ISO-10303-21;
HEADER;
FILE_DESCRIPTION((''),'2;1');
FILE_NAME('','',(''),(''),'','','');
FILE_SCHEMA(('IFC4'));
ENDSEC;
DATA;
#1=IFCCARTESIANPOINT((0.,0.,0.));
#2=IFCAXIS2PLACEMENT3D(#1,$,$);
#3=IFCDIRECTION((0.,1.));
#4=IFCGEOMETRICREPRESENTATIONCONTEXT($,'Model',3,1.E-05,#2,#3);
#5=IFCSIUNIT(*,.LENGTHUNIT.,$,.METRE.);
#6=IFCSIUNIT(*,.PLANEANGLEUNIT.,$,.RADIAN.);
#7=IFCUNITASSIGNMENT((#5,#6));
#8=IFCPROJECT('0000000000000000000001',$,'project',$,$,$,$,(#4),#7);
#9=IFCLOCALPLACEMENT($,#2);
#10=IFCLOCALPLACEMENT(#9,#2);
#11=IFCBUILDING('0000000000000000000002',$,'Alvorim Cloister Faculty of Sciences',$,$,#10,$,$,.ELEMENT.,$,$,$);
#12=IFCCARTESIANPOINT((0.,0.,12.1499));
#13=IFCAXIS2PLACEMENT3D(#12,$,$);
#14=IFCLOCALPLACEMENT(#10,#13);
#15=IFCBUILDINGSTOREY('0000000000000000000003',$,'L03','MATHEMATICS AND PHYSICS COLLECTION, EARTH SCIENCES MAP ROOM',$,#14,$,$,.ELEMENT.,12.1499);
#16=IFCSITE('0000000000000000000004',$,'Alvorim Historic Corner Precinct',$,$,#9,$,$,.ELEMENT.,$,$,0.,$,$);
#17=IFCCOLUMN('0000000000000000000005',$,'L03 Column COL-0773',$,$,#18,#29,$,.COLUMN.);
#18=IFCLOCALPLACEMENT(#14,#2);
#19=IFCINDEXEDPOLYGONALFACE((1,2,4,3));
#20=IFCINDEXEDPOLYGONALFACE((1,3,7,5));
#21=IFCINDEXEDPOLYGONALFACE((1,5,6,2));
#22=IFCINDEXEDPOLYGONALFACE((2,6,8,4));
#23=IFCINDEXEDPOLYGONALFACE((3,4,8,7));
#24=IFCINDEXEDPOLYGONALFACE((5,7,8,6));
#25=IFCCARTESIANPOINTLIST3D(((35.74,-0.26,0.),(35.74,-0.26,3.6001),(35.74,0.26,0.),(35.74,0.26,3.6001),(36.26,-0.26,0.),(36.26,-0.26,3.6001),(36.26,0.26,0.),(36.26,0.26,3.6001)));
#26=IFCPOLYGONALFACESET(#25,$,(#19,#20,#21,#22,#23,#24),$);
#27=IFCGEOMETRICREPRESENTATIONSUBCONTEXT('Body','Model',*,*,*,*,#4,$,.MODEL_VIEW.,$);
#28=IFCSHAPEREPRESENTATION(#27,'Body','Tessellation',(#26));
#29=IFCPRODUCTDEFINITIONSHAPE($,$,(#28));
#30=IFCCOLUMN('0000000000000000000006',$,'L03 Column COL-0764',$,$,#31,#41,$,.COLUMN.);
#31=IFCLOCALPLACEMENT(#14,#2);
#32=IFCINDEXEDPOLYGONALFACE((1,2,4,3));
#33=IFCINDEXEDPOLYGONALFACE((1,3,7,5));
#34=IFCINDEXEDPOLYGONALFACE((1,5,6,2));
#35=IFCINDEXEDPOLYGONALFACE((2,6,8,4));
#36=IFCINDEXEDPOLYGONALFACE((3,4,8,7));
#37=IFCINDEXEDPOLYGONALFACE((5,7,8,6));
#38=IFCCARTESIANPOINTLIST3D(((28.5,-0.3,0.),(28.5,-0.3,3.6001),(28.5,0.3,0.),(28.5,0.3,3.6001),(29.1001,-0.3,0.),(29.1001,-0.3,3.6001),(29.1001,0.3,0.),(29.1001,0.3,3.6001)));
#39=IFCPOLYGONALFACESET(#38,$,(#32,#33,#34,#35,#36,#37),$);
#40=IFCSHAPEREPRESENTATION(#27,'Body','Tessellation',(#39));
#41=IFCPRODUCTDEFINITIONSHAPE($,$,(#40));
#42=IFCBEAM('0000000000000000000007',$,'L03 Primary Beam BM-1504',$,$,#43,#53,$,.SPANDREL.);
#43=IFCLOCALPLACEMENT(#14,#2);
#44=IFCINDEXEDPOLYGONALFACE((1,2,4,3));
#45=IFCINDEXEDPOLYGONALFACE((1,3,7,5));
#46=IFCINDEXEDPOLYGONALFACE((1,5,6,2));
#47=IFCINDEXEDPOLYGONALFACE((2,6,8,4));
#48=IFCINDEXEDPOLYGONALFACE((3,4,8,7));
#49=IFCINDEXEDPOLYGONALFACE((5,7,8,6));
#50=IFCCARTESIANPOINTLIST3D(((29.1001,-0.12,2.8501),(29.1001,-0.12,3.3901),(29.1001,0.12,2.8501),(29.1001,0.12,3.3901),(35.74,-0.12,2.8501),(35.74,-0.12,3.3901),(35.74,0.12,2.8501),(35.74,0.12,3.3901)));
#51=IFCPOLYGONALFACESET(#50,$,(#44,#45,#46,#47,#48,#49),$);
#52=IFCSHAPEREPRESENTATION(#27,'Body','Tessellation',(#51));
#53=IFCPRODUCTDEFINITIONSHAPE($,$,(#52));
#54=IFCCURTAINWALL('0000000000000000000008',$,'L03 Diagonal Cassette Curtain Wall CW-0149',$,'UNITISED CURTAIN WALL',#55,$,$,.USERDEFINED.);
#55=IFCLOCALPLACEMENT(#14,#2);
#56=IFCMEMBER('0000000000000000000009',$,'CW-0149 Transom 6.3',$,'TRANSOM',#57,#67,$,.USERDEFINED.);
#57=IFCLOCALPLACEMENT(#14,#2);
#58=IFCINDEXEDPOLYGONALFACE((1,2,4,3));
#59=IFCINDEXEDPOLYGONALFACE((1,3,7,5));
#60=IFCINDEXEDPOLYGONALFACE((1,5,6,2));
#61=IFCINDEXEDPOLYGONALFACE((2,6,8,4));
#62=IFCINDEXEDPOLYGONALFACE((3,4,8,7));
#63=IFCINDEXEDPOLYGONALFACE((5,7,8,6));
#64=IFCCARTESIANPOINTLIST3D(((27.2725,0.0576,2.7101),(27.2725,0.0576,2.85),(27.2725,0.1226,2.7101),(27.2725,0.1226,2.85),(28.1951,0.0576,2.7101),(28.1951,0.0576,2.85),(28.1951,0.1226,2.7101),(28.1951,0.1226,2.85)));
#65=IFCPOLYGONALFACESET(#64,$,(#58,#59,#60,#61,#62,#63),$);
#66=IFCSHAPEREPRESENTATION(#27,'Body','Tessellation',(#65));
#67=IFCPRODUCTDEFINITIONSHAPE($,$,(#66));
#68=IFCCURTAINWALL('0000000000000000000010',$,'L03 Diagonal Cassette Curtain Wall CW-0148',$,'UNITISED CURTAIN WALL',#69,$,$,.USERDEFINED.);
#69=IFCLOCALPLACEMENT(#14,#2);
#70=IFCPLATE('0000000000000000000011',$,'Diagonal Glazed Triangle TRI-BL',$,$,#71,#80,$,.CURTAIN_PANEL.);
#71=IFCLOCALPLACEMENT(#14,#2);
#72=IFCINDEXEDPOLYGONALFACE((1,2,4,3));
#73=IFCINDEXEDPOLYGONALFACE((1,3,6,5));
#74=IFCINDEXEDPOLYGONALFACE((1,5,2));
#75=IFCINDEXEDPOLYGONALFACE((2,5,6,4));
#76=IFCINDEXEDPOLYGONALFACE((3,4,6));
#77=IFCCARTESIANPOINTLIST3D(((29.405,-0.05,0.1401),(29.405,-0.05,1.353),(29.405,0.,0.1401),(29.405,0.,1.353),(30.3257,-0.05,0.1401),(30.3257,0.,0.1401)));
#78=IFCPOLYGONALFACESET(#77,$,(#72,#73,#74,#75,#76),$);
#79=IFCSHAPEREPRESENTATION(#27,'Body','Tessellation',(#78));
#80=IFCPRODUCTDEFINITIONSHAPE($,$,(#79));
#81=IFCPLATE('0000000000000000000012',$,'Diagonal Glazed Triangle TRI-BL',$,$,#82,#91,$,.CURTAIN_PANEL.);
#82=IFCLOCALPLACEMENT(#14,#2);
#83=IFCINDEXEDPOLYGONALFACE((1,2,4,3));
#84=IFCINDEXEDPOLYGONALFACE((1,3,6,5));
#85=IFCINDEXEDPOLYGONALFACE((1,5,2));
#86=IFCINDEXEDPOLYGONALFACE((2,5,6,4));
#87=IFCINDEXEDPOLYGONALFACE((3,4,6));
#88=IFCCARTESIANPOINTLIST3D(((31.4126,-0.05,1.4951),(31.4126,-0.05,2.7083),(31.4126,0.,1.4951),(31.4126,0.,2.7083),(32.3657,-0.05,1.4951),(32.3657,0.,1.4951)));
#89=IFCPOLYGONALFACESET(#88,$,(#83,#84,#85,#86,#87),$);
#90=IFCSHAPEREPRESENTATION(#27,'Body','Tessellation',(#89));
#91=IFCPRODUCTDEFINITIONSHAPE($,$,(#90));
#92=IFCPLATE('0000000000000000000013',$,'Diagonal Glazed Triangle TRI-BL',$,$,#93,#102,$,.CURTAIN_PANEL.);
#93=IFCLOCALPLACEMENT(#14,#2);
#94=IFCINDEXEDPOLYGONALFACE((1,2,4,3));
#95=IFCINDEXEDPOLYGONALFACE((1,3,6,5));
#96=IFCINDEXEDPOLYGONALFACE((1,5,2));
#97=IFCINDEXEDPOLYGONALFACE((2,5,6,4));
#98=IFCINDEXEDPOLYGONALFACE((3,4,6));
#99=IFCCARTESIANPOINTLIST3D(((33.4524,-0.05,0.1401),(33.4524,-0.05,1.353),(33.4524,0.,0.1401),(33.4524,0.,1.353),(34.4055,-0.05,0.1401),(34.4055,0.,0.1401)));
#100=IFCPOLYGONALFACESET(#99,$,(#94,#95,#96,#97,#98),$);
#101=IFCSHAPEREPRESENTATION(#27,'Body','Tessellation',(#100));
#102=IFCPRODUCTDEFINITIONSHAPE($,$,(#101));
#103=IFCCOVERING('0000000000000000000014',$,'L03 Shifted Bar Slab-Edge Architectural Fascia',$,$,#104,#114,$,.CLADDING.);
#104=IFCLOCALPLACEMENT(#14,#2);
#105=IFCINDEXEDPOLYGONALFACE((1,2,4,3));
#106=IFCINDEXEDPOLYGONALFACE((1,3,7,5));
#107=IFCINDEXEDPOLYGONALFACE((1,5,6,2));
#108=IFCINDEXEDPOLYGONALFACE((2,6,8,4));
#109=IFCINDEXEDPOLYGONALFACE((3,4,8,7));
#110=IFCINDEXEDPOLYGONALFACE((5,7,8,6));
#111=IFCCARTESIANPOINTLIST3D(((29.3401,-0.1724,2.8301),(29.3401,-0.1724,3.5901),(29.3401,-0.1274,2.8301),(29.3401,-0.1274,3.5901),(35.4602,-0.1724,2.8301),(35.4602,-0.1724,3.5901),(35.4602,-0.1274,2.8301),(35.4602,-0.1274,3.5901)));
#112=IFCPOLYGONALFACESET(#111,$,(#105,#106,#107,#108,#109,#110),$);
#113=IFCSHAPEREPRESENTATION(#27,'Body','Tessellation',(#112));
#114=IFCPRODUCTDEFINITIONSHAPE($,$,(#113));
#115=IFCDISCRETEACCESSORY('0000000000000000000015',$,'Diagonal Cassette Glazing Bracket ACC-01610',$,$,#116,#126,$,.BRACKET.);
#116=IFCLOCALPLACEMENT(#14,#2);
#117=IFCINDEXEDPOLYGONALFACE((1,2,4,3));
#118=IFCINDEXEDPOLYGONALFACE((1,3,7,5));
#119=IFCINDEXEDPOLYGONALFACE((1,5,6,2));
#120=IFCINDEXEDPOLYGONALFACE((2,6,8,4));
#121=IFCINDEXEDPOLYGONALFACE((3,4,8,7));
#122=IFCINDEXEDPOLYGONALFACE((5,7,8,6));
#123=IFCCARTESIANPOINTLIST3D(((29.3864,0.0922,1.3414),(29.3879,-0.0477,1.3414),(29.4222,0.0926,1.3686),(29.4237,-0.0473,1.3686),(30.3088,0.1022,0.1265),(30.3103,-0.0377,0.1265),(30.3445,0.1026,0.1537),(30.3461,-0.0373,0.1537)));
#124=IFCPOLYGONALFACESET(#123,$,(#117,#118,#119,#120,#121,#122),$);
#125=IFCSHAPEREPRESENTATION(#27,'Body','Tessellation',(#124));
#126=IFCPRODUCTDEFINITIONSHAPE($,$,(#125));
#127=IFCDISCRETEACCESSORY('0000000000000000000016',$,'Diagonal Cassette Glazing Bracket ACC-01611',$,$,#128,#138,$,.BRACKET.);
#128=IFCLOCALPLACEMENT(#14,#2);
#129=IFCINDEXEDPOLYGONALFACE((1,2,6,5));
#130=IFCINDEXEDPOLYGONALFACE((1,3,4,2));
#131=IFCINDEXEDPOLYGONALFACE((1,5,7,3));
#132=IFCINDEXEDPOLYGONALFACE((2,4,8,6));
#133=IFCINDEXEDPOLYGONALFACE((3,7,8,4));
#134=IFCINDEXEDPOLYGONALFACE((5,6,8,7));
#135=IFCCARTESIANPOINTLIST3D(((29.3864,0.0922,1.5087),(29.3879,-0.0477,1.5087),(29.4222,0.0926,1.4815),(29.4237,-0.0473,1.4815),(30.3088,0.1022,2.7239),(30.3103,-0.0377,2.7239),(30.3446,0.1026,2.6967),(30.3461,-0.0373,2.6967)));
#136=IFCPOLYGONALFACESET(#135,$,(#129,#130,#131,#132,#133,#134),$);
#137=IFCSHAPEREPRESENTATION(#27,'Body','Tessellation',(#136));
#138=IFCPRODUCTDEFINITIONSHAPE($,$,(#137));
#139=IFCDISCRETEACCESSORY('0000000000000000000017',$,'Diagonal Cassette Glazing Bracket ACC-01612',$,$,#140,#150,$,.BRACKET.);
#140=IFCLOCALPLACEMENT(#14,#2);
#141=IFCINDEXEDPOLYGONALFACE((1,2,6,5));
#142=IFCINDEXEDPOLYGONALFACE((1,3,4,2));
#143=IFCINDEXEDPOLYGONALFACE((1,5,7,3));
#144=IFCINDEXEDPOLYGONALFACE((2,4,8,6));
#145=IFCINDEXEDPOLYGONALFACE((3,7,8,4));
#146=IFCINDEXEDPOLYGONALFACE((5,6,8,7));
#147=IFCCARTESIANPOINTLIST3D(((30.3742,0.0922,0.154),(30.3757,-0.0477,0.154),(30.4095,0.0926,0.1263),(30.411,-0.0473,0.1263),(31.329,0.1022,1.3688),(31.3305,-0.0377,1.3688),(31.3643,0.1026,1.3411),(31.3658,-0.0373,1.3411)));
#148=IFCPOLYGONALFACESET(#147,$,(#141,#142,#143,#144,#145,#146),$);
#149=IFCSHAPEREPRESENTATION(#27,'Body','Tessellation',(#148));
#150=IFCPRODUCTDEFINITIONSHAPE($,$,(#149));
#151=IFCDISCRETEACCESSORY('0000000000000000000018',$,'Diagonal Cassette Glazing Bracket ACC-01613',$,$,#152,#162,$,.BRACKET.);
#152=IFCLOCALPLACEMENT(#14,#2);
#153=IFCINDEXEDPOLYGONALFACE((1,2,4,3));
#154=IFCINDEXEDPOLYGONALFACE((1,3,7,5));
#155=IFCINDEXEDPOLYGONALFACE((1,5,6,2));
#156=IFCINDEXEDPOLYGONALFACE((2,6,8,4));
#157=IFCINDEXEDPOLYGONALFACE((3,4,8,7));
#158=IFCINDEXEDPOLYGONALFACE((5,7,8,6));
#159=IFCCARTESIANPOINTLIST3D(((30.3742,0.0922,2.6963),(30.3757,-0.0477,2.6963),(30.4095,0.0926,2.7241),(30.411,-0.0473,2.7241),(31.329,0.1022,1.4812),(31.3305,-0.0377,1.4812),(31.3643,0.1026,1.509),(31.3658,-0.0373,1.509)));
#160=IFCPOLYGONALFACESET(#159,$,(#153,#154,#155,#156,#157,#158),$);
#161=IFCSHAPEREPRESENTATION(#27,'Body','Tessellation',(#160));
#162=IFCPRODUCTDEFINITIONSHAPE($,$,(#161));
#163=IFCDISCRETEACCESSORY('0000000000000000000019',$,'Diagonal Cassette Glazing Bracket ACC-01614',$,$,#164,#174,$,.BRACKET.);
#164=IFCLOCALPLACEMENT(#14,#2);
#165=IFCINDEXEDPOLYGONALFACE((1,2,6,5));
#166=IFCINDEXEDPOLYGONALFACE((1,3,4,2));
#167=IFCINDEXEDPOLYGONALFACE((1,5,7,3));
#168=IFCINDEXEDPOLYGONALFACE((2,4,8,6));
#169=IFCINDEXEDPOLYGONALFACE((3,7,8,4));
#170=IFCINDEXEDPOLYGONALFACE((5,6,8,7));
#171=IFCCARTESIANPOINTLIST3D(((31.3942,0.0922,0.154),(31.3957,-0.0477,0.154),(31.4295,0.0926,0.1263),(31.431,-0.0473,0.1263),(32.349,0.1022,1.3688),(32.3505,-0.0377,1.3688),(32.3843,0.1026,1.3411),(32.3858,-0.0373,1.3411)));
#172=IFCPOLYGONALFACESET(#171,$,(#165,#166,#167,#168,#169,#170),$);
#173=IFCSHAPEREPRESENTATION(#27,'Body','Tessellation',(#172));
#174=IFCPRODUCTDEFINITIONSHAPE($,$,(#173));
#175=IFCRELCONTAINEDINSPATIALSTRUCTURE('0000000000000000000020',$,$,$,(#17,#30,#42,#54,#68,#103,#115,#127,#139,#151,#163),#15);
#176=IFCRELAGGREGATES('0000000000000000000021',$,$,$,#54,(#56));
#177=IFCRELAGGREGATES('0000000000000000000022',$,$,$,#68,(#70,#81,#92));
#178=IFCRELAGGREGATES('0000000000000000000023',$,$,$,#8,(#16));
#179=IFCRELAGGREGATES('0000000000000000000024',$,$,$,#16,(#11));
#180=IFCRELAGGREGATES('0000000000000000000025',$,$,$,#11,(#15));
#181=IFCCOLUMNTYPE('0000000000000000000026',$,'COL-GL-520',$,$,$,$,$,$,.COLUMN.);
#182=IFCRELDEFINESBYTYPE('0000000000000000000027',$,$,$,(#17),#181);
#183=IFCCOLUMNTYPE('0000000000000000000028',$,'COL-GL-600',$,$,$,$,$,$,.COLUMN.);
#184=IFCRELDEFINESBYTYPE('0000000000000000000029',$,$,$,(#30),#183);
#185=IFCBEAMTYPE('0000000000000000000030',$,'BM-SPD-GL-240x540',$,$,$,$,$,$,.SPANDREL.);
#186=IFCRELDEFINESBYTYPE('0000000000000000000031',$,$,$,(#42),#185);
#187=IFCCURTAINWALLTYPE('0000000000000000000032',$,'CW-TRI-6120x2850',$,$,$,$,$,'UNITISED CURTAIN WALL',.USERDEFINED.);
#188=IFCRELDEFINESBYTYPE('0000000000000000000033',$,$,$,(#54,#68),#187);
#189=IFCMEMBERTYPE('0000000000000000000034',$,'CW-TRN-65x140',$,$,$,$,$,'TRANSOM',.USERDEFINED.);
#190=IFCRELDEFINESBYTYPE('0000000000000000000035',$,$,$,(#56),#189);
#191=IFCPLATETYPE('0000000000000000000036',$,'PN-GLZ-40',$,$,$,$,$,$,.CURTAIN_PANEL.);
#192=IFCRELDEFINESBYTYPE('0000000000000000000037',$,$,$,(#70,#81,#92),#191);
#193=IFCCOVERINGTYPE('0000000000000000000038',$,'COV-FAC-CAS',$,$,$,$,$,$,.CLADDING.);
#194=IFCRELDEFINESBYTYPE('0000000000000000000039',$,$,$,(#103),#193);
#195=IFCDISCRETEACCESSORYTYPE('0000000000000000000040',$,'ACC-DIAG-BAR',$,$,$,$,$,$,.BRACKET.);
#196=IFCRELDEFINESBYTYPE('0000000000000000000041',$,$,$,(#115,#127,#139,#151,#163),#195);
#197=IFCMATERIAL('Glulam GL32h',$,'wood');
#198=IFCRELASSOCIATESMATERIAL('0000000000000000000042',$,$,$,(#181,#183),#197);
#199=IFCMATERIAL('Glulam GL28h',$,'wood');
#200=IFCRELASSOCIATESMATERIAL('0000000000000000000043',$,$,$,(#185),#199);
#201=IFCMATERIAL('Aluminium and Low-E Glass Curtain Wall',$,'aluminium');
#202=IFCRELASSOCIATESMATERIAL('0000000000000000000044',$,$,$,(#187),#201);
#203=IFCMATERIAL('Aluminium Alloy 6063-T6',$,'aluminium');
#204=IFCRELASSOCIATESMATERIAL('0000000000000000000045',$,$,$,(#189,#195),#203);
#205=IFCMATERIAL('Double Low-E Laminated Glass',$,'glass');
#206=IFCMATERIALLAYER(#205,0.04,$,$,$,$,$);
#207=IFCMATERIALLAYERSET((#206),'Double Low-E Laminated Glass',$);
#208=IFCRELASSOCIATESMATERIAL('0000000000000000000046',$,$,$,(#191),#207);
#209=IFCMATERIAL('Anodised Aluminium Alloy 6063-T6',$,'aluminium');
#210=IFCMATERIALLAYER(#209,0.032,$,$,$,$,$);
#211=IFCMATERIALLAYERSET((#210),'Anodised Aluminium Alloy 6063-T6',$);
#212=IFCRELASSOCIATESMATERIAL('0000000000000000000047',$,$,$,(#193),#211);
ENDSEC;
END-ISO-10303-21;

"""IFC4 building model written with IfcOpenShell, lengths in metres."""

from ifc_helpers import new_model, si_unit, direction, frame, origin, origin_2d, place, context, subcontext, project, spatial, polyline, rectangle, outline, extrude, material, layer, layer_set, material_profile, profile_set, type_object, element, aggregate, save


model = new_model("IFC4")

# Units and contexts
model_context = context("Model", 3, precision=1e-05, world=origin(), true_north=direction((0.0, 1.0)))
body_context = subcontext(model_context, "Body", "Model", "MODEL_VIEW")
ifc_project = project(units=[si_unit("LENGTHUNIT", "METRE"), si_unit("PLANEANGLEUNIT", "RADIAN")], contexts=[model_context])

# Site, building, storey
site_placement = place(None, origin())
site = spatial("IfcSite", under=ifc_project, at=site_placement, Name="Alvorim Historic Corner Precinct", CompositionType="ELEMENT", RefElevation=0.0)
building_placement = place(site_placement, origin())
building = spatial("IfcBuilding", under=site, at=building_placement, Name="Alvorim Cloister Faculty of Sciences", CompositionType="ELEMENT")
storey_placement = place(building_placement, frame((0.0, 0.0, 12.1499)))
storey = spatial("IfcBuildingStorey", under=building, at=storey_placement, Name="L03", Description="MATHEMATICS AND PHYSICS COLLECTION, EARTH SCIENCES MAP ROOM", CompositionType="ELEMENT", Elevation=12.1499)

# Columns
ifc_material_1 = material(Name="Glulam GL32h", Category="wood")
ifc_material_profile_1 = material_profile(ifc_material_1, rectangle(XDim=0.52, YDim=0.52, at=origin_2d()), Name="GL32-COL-520x520")
ifc_profile_set_1 = profile_set([ifc_material_profile_1], Name="Glulam GL32h")
column_type_1 = type_object("IfcColumnType", Name="COL-GL-520", PredefinedType="COLUMN", material=ifc_profile_set_1)
column_1_placement = place(storey_placement, frame((36.0, 0.0, 0.0), z_axis=(0.0, 0.0, 1.0), x_axis=(1.0, 0.0, 0.0)))
element("IfcColumn", 1, at=column_1_placement, inside=storey, type_object=column_type_1, Name="L03 Column COL-0773", PredefinedType="COLUMN", context=body_context, shape_type="SweptSolid", body=[
    extrude(rectangle(XDim=0.52, YDim=0.52, at=origin_2d()), origin(), (0.0, 0.0, 1.0), 3.6001),
])
ifc_material_profile_2 = material_profile(ifc_material_1, rectangle(XDim=0.6001, YDim=0.6001, at=origin_2d()), Name="GL32-COL-600x600")
ifc_profile_set_2 = profile_set([ifc_material_profile_2], Name="Glulam GL32h")
column_type_2 = type_object("IfcColumnType", Name="COL-GL-600", PredefinedType="COLUMN", material=ifc_profile_set_2)
column_2_placement = place(storey_placement, frame((28.8, 0.0, 0.0), z_axis=(0.0, 0.0, 1.0), x_axis=(1.0, 0.0, 0.0)))
element("IfcColumn", 2, at=column_2_placement, inside=storey, type_object=column_type_2, Name="L03 Column COL-0764", PredefinedType="COLUMN", context=body_context, shape_type="SweptSolid", body=[
    extrude(rectangle(XDim=0.6001, YDim=0.6001, at=origin_2d()), origin(), (0.0, 0.0, 1.0), 3.6001),
])

# Beam
ifc_material_2 = material(Name="Glulam GL28h", Category="wood")
ifc_material_profile_3 = material_profile(ifc_material_2, rectangle(XDim=0.24, YDim=0.54, at=origin_2d()), Name="GL28-SPD-240x540")
ifc_profile_set_3 = profile_set([ifc_material_profile_3], Name="Glulam GL28h")
beam_type = type_object("IfcBeamType", Name="BM-SPD-GL-240x540", PredefinedType="SPANDREL", material=ifc_profile_set_3)
beam_placement = place(storey_placement, frame((29.1001, 0.0, 3.1201), z_axis=(1.0, 0.0, 0.0), x_axis=(0.0, 1.0, 0.0)))
element("IfcBeam", 3, at=beam_placement, inside=storey, type_object=beam_type, Name="L03 Primary Beam BM-1504", PredefinedType="SPANDREL", context=body_context, shape_type="SweptSolid", body=[
    extrude(rectangle(XDim=0.24, YDim=0.54, at=origin_2d()), origin(), (0.0, 0.0, 1.0), 6.6399),
])

# Curtain wall, member
ifc_material_3 = material(Name="Aluminium and Low-E Glass Curtain Wall", Category="aluminium")
curtain_wall_type = type_object("IfcCurtainWallType", Name="CW-TRI-6120x2850", ElementType="UNITISED CURTAIN WALL", PredefinedType="USERDEFINED", material=ifc_material_3)
curtain_wall_1_placement = place(storey_placement, origin())
curtain_wall_1 = element("IfcCurtainWall", 4, at=curtain_wall_1_placement, inside=storey, type_object=curtain_wall_type, Name="L03 Diagonal Cassette Curtain Wall CW-0149", ObjectType="UNITISED CURTAIN WALL", PredefinedType="USERDEFINED")
ifc_material_4 = material(Name="Aluminium Alloy 6063-T6", Category="aluminium")
ifc_material_profile_4 = material_profile(ifc_material_4, rectangle(XDim=0.0649, YDim=0.1399, at=origin_2d()), Name="ALU-TRN-65x140")
ifc_profile_set_4 = profile_set([ifc_material_profile_4], Name="Aluminium Alloy 6063-T6")
member_type = type_object("IfcMemberType", Name="CW-TRN-65x140", ElementType="TRANSOM", PredefinedType="USERDEFINED", material=ifc_profile_set_4)
member_placement = place(storey_placement, frame((27.2725, 0.0901, 2.78), z_axis=(1.0, 0.0, 0.0), x_axis=(0.0, 1.0, 0.0)))
member = element("IfcMember", 5, at=member_placement, type_object=member_type, Name="CW-0149 Transom 6.3", ObjectType="TRANSOM", PredefinedType="USERDEFINED", context=body_context, shape_type="SweptSolid", body=[
    extrude(rectangle(XDim=0.0649, YDim=0.1399, at=origin_2d()), origin(), (0.0, 0.0, 1.0), 0.9226),
])
aggregate(curtain_wall_1, [member])

# Curtain wall, plates
curtain_wall_2_placement = place(storey_placement, origin())
curtain_wall_2 = element("IfcCurtainWall", 6, at=curtain_wall_2_placement, inside=storey, type_object=curtain_wall_type, Name="L03 Diagonal Cassette Curtain Wall CW-0148", ObjectType="UNITISED CURTAIN WALL", PredefinedType="USERDEFINED")
ifc_material_5 = material(Name="Double Low-E Laminated Glass", Category="glass")
ifc_layer_1 = layer(ifc_material_5, 0.04)
ifc_layer_set_1 = layer_set([ifc_layer_1], Name="Double Low-E Laminated Glass")
plate_type = type_object("IfcPlateType", Name="PN-GLZ-40", PredefinedType="CURTAIN_PANEL", material=ifc_layer_set_1)
plate_1_placement = place(storey_placement, frame((29.405, -0.0249, 0.1401), z_axis=(0.0, 0.0, 1.0), x_axis=(1.0, 0.0, 0.0)))
plate_1 = element("IfcPlate", 7, at=plate_1_placement, type_object=plate_type, Name="Diagonal Glazed Triangle TRI-BL", PredefinedType="CURTAIN_PANEL", context=body_context, shape_type="SweptSolid", body=[
    extrude(outline(polyline([(0.0, 0.0), (0.9207, 0.0), (0.0, 1.2129), (0.0, 0.0)])), frame((0.0, 0.0249, 0.0), z_axis=(0.0, -1.0, 0.0), x_axis=(1.0, 0.0, 0.0)), (0.0, 0.0, 1.0), 0.05),
])
plate_2_placement = place(storey_placement, frame((31.4126, -0.0249, 1.4951), z_axis=(0.0, 0.0, 1.0), x_axis=(1.0, 0.0, 0.0)))
plate_2 = element("IfcPlate", 8, at=plate_2_placement, type_object=plate_type, Name="Diagonal Glazed Triangle TRI-BL", PredefinedType="CURTAIN_PANEL", context=body_context, shape_type="SweptSolid", body=[
    extrude(outline(polyline([(0.0, 0.0), (0.9531, 0.0), (0.0, 1.2131), (0.0, 0.0)])), frame((0.0, 0.0249, 0.0), z_axis=(0.0, -1.0, 0.0), x_axis=(1.0, 0.0, 0.0)), (0.0, 0.0, 1.0), 0.05),
])
plate_3_placement = place(storey_placement, frame((33.4524, -0.0249, 0.1401), z_axis=(0.0, 0.0, 1.0), x_axis=(1.0, 0.0, 0.0)))
plate_3 = element("IfcPlate", 9, at=plate_3_placement, type_object=plate_type, Name="Diagonal Glazed Triangle TRI-BL", PredefinedType="CURTAIN_PANEL", context=body_context, shape_type="SweptSolid", body=[
    extrude(outline(polyline([(0.0, 0.0), (0.9531, 0.0), (0.0, 1.2129), (0.0, 0.0)])), frame((0.0, 0.0249, 0.0), z_axis=(0.0, -1.0, 0.0), x_axis=(1.0, 0.0, 0.0)), (0.0, 0.0, 1.0), 0.05),
])
aggregate(curtain_wall_2, [plate_1, plate_2, plate_3])

# Covering
ifc_material_6 = material(Name="Anodised Aluminium Alloy 6063-T6", Category="aluminium")
ifc_layer_2 = layer(ifc_material_6, 0.032)
ifc_layer_set_2 = layer_set([ifc_layer_2], Name="Anodised Aluminium Alloy 6063-T6")
covering_type = type_object("IfcCoveringType", Name="COV-FAC-CAS", PredefinedType="CLADDING", material=ifc_layer_set_2)
covering_placement = place(storey_placement, frame((29.3401, -0.1499, 2.8301), z_axis=(0.0, 0.0, 1.0), x_axis=(1.0, 0.0, 0.0)))
element("IfcCovering", 10, at=covering_placement, inside=storey, type_object=covering_type, Name="L03 Shifted Bar Slab-Edge Architectural Fascia", PredefinedType="CLADDING", context=body_context, shape_type="SweptSolid", body=[
    extrude(outline(polyline([(0.0, 0.0), (6.1201, 0.0), (6.1201, 0.76), (0.0, 0.76), (0.0, 0.0)])), frame((0.0, 0.0225, 0.0), z_axis=(0.0, -1.0, 0.0), x_axis=(1.0, 0.0, 0.0)), (0.0, 0.0, 1.0), 0.0449),
])

# Discrete accessories
discrete_accessory_type = type_object("IfcDiscreteAccessoryType", Name="ACC-DIAG-BAR", PredefinedType="BRACKET", material=ifc_material_4)
discrete_accessory_1_placement = place(storey_placement, frame((29.405, 0.0225, 1.355), z_axis=(0.604689, 0.006562, -0.796435), x_axis=(-0.010852, 0.999941, 0.0)))
element("IfcDiscreteAccessory", 11, at=discrete_accessory_1_placement, inside=storey, type_object=discrete_accessory_type, Name="Diagonal Cassette Glazing Bracket ACC-01610", PredefinedType="BRACKET", context=body_context, shape_type="SweptSolid", body=[
    extrude(rectangle(XDim=0.1399, YDim=0.0449, at=origin_2d()), origin(), (0.0, 0.0, 1.0), 1.5254),
])
discrete_accessory_2_placement = place(storey_placement, frame((29.405, 0.0225, 1.4951), z_axis=(0.604612, 0.006561, 0.796493), x_axis=(-0.010852, 0.999941, 0.0)))
element("IfcDiscreteAccessory", 12, at=discrete_accessory_2_placement, inside=storey, type_object=discrete_accessory_type, Name="Diagonal Cassette Glazing Bracket ACC-01611", PredefinedType="BRACKET", context=body_context, shape_type="SweptSolid", body=[
    extrude(rectangle(XDim=0.1399, YDim=0.0449, at=origin_2d()), origin(), (0.0, 0.0, 1.0), 1.5256),
])
discrete_accessory_3_placement = place(storey_placement, frame((30.3926, 0.0225, 0.1401), z_axis=(0.617934, 0.006478, 0.786203), x_axis=(-0.010483, 0.999945, 0.0)))
element("IfcDiscreteAccessory", 13, at=discrete_accessory_3_placement, inside=storey, type_object=discrete_accessory_type, Name="Diagonal Cassette Glazing Bracket ACC-01612", PredefinedType="BRACKET", context=body_context, shape_type="SweptSolid", body=[
    extrude(rectangle(XDim=0.1399, YDim=0.0449, at=origin_2d()), origin(), (0.0, 0.0, 1.0), 1.5452),
])
discrete_accessory_4_placement = place(storey_placement, frame((30.3926, 0.0225, 2.7102), z_axis=(0.617857, 0.006477, -0.786263), x_axis=(-0.010483, 0.999945, 0.0)))
element("IfcDiscreteAccessory", 14, at=discrete_accessory_4_placement, inside=storey, type_object=discrete_accessory_type, Name="Diagonal Cassette Glazing Bracket ACC-01613", PredefinedType="BRACKET", context=body_context, shape_type="SweptSolid", body=[
    extrude(rectangle(XDim=0.1399, YDim=0.0449, at=origin_2d()), origin(), (0.0, 0.0, 1.0), 1.5454),
])
discrete_accessory_5_placement = place(storey_placement, frame((31.4126, 0.0225, 0.1401), z_axis=(0.617934, 0.006478, 0.786203), x_axis=(-0.010483, 0.999945, 0.0)))
element("IfcDiscreteAccessory", 15, at=discrete_accessory_5_placement, inside=storey, type_object=discrete_accessory_type, Name="Diagonal Cassette Glazing Bracket ACC-01614", PredefinedType="BRACKET", context=body_context, shape_type="SweptSolid", body=[
    extrude(rectangle(XDim=0.1399, YDim=0.0449, at=origin_2d()), origin(), (0.0, 0.0, 1.0), 1.5452),
])

save(model, "model.ifc")
